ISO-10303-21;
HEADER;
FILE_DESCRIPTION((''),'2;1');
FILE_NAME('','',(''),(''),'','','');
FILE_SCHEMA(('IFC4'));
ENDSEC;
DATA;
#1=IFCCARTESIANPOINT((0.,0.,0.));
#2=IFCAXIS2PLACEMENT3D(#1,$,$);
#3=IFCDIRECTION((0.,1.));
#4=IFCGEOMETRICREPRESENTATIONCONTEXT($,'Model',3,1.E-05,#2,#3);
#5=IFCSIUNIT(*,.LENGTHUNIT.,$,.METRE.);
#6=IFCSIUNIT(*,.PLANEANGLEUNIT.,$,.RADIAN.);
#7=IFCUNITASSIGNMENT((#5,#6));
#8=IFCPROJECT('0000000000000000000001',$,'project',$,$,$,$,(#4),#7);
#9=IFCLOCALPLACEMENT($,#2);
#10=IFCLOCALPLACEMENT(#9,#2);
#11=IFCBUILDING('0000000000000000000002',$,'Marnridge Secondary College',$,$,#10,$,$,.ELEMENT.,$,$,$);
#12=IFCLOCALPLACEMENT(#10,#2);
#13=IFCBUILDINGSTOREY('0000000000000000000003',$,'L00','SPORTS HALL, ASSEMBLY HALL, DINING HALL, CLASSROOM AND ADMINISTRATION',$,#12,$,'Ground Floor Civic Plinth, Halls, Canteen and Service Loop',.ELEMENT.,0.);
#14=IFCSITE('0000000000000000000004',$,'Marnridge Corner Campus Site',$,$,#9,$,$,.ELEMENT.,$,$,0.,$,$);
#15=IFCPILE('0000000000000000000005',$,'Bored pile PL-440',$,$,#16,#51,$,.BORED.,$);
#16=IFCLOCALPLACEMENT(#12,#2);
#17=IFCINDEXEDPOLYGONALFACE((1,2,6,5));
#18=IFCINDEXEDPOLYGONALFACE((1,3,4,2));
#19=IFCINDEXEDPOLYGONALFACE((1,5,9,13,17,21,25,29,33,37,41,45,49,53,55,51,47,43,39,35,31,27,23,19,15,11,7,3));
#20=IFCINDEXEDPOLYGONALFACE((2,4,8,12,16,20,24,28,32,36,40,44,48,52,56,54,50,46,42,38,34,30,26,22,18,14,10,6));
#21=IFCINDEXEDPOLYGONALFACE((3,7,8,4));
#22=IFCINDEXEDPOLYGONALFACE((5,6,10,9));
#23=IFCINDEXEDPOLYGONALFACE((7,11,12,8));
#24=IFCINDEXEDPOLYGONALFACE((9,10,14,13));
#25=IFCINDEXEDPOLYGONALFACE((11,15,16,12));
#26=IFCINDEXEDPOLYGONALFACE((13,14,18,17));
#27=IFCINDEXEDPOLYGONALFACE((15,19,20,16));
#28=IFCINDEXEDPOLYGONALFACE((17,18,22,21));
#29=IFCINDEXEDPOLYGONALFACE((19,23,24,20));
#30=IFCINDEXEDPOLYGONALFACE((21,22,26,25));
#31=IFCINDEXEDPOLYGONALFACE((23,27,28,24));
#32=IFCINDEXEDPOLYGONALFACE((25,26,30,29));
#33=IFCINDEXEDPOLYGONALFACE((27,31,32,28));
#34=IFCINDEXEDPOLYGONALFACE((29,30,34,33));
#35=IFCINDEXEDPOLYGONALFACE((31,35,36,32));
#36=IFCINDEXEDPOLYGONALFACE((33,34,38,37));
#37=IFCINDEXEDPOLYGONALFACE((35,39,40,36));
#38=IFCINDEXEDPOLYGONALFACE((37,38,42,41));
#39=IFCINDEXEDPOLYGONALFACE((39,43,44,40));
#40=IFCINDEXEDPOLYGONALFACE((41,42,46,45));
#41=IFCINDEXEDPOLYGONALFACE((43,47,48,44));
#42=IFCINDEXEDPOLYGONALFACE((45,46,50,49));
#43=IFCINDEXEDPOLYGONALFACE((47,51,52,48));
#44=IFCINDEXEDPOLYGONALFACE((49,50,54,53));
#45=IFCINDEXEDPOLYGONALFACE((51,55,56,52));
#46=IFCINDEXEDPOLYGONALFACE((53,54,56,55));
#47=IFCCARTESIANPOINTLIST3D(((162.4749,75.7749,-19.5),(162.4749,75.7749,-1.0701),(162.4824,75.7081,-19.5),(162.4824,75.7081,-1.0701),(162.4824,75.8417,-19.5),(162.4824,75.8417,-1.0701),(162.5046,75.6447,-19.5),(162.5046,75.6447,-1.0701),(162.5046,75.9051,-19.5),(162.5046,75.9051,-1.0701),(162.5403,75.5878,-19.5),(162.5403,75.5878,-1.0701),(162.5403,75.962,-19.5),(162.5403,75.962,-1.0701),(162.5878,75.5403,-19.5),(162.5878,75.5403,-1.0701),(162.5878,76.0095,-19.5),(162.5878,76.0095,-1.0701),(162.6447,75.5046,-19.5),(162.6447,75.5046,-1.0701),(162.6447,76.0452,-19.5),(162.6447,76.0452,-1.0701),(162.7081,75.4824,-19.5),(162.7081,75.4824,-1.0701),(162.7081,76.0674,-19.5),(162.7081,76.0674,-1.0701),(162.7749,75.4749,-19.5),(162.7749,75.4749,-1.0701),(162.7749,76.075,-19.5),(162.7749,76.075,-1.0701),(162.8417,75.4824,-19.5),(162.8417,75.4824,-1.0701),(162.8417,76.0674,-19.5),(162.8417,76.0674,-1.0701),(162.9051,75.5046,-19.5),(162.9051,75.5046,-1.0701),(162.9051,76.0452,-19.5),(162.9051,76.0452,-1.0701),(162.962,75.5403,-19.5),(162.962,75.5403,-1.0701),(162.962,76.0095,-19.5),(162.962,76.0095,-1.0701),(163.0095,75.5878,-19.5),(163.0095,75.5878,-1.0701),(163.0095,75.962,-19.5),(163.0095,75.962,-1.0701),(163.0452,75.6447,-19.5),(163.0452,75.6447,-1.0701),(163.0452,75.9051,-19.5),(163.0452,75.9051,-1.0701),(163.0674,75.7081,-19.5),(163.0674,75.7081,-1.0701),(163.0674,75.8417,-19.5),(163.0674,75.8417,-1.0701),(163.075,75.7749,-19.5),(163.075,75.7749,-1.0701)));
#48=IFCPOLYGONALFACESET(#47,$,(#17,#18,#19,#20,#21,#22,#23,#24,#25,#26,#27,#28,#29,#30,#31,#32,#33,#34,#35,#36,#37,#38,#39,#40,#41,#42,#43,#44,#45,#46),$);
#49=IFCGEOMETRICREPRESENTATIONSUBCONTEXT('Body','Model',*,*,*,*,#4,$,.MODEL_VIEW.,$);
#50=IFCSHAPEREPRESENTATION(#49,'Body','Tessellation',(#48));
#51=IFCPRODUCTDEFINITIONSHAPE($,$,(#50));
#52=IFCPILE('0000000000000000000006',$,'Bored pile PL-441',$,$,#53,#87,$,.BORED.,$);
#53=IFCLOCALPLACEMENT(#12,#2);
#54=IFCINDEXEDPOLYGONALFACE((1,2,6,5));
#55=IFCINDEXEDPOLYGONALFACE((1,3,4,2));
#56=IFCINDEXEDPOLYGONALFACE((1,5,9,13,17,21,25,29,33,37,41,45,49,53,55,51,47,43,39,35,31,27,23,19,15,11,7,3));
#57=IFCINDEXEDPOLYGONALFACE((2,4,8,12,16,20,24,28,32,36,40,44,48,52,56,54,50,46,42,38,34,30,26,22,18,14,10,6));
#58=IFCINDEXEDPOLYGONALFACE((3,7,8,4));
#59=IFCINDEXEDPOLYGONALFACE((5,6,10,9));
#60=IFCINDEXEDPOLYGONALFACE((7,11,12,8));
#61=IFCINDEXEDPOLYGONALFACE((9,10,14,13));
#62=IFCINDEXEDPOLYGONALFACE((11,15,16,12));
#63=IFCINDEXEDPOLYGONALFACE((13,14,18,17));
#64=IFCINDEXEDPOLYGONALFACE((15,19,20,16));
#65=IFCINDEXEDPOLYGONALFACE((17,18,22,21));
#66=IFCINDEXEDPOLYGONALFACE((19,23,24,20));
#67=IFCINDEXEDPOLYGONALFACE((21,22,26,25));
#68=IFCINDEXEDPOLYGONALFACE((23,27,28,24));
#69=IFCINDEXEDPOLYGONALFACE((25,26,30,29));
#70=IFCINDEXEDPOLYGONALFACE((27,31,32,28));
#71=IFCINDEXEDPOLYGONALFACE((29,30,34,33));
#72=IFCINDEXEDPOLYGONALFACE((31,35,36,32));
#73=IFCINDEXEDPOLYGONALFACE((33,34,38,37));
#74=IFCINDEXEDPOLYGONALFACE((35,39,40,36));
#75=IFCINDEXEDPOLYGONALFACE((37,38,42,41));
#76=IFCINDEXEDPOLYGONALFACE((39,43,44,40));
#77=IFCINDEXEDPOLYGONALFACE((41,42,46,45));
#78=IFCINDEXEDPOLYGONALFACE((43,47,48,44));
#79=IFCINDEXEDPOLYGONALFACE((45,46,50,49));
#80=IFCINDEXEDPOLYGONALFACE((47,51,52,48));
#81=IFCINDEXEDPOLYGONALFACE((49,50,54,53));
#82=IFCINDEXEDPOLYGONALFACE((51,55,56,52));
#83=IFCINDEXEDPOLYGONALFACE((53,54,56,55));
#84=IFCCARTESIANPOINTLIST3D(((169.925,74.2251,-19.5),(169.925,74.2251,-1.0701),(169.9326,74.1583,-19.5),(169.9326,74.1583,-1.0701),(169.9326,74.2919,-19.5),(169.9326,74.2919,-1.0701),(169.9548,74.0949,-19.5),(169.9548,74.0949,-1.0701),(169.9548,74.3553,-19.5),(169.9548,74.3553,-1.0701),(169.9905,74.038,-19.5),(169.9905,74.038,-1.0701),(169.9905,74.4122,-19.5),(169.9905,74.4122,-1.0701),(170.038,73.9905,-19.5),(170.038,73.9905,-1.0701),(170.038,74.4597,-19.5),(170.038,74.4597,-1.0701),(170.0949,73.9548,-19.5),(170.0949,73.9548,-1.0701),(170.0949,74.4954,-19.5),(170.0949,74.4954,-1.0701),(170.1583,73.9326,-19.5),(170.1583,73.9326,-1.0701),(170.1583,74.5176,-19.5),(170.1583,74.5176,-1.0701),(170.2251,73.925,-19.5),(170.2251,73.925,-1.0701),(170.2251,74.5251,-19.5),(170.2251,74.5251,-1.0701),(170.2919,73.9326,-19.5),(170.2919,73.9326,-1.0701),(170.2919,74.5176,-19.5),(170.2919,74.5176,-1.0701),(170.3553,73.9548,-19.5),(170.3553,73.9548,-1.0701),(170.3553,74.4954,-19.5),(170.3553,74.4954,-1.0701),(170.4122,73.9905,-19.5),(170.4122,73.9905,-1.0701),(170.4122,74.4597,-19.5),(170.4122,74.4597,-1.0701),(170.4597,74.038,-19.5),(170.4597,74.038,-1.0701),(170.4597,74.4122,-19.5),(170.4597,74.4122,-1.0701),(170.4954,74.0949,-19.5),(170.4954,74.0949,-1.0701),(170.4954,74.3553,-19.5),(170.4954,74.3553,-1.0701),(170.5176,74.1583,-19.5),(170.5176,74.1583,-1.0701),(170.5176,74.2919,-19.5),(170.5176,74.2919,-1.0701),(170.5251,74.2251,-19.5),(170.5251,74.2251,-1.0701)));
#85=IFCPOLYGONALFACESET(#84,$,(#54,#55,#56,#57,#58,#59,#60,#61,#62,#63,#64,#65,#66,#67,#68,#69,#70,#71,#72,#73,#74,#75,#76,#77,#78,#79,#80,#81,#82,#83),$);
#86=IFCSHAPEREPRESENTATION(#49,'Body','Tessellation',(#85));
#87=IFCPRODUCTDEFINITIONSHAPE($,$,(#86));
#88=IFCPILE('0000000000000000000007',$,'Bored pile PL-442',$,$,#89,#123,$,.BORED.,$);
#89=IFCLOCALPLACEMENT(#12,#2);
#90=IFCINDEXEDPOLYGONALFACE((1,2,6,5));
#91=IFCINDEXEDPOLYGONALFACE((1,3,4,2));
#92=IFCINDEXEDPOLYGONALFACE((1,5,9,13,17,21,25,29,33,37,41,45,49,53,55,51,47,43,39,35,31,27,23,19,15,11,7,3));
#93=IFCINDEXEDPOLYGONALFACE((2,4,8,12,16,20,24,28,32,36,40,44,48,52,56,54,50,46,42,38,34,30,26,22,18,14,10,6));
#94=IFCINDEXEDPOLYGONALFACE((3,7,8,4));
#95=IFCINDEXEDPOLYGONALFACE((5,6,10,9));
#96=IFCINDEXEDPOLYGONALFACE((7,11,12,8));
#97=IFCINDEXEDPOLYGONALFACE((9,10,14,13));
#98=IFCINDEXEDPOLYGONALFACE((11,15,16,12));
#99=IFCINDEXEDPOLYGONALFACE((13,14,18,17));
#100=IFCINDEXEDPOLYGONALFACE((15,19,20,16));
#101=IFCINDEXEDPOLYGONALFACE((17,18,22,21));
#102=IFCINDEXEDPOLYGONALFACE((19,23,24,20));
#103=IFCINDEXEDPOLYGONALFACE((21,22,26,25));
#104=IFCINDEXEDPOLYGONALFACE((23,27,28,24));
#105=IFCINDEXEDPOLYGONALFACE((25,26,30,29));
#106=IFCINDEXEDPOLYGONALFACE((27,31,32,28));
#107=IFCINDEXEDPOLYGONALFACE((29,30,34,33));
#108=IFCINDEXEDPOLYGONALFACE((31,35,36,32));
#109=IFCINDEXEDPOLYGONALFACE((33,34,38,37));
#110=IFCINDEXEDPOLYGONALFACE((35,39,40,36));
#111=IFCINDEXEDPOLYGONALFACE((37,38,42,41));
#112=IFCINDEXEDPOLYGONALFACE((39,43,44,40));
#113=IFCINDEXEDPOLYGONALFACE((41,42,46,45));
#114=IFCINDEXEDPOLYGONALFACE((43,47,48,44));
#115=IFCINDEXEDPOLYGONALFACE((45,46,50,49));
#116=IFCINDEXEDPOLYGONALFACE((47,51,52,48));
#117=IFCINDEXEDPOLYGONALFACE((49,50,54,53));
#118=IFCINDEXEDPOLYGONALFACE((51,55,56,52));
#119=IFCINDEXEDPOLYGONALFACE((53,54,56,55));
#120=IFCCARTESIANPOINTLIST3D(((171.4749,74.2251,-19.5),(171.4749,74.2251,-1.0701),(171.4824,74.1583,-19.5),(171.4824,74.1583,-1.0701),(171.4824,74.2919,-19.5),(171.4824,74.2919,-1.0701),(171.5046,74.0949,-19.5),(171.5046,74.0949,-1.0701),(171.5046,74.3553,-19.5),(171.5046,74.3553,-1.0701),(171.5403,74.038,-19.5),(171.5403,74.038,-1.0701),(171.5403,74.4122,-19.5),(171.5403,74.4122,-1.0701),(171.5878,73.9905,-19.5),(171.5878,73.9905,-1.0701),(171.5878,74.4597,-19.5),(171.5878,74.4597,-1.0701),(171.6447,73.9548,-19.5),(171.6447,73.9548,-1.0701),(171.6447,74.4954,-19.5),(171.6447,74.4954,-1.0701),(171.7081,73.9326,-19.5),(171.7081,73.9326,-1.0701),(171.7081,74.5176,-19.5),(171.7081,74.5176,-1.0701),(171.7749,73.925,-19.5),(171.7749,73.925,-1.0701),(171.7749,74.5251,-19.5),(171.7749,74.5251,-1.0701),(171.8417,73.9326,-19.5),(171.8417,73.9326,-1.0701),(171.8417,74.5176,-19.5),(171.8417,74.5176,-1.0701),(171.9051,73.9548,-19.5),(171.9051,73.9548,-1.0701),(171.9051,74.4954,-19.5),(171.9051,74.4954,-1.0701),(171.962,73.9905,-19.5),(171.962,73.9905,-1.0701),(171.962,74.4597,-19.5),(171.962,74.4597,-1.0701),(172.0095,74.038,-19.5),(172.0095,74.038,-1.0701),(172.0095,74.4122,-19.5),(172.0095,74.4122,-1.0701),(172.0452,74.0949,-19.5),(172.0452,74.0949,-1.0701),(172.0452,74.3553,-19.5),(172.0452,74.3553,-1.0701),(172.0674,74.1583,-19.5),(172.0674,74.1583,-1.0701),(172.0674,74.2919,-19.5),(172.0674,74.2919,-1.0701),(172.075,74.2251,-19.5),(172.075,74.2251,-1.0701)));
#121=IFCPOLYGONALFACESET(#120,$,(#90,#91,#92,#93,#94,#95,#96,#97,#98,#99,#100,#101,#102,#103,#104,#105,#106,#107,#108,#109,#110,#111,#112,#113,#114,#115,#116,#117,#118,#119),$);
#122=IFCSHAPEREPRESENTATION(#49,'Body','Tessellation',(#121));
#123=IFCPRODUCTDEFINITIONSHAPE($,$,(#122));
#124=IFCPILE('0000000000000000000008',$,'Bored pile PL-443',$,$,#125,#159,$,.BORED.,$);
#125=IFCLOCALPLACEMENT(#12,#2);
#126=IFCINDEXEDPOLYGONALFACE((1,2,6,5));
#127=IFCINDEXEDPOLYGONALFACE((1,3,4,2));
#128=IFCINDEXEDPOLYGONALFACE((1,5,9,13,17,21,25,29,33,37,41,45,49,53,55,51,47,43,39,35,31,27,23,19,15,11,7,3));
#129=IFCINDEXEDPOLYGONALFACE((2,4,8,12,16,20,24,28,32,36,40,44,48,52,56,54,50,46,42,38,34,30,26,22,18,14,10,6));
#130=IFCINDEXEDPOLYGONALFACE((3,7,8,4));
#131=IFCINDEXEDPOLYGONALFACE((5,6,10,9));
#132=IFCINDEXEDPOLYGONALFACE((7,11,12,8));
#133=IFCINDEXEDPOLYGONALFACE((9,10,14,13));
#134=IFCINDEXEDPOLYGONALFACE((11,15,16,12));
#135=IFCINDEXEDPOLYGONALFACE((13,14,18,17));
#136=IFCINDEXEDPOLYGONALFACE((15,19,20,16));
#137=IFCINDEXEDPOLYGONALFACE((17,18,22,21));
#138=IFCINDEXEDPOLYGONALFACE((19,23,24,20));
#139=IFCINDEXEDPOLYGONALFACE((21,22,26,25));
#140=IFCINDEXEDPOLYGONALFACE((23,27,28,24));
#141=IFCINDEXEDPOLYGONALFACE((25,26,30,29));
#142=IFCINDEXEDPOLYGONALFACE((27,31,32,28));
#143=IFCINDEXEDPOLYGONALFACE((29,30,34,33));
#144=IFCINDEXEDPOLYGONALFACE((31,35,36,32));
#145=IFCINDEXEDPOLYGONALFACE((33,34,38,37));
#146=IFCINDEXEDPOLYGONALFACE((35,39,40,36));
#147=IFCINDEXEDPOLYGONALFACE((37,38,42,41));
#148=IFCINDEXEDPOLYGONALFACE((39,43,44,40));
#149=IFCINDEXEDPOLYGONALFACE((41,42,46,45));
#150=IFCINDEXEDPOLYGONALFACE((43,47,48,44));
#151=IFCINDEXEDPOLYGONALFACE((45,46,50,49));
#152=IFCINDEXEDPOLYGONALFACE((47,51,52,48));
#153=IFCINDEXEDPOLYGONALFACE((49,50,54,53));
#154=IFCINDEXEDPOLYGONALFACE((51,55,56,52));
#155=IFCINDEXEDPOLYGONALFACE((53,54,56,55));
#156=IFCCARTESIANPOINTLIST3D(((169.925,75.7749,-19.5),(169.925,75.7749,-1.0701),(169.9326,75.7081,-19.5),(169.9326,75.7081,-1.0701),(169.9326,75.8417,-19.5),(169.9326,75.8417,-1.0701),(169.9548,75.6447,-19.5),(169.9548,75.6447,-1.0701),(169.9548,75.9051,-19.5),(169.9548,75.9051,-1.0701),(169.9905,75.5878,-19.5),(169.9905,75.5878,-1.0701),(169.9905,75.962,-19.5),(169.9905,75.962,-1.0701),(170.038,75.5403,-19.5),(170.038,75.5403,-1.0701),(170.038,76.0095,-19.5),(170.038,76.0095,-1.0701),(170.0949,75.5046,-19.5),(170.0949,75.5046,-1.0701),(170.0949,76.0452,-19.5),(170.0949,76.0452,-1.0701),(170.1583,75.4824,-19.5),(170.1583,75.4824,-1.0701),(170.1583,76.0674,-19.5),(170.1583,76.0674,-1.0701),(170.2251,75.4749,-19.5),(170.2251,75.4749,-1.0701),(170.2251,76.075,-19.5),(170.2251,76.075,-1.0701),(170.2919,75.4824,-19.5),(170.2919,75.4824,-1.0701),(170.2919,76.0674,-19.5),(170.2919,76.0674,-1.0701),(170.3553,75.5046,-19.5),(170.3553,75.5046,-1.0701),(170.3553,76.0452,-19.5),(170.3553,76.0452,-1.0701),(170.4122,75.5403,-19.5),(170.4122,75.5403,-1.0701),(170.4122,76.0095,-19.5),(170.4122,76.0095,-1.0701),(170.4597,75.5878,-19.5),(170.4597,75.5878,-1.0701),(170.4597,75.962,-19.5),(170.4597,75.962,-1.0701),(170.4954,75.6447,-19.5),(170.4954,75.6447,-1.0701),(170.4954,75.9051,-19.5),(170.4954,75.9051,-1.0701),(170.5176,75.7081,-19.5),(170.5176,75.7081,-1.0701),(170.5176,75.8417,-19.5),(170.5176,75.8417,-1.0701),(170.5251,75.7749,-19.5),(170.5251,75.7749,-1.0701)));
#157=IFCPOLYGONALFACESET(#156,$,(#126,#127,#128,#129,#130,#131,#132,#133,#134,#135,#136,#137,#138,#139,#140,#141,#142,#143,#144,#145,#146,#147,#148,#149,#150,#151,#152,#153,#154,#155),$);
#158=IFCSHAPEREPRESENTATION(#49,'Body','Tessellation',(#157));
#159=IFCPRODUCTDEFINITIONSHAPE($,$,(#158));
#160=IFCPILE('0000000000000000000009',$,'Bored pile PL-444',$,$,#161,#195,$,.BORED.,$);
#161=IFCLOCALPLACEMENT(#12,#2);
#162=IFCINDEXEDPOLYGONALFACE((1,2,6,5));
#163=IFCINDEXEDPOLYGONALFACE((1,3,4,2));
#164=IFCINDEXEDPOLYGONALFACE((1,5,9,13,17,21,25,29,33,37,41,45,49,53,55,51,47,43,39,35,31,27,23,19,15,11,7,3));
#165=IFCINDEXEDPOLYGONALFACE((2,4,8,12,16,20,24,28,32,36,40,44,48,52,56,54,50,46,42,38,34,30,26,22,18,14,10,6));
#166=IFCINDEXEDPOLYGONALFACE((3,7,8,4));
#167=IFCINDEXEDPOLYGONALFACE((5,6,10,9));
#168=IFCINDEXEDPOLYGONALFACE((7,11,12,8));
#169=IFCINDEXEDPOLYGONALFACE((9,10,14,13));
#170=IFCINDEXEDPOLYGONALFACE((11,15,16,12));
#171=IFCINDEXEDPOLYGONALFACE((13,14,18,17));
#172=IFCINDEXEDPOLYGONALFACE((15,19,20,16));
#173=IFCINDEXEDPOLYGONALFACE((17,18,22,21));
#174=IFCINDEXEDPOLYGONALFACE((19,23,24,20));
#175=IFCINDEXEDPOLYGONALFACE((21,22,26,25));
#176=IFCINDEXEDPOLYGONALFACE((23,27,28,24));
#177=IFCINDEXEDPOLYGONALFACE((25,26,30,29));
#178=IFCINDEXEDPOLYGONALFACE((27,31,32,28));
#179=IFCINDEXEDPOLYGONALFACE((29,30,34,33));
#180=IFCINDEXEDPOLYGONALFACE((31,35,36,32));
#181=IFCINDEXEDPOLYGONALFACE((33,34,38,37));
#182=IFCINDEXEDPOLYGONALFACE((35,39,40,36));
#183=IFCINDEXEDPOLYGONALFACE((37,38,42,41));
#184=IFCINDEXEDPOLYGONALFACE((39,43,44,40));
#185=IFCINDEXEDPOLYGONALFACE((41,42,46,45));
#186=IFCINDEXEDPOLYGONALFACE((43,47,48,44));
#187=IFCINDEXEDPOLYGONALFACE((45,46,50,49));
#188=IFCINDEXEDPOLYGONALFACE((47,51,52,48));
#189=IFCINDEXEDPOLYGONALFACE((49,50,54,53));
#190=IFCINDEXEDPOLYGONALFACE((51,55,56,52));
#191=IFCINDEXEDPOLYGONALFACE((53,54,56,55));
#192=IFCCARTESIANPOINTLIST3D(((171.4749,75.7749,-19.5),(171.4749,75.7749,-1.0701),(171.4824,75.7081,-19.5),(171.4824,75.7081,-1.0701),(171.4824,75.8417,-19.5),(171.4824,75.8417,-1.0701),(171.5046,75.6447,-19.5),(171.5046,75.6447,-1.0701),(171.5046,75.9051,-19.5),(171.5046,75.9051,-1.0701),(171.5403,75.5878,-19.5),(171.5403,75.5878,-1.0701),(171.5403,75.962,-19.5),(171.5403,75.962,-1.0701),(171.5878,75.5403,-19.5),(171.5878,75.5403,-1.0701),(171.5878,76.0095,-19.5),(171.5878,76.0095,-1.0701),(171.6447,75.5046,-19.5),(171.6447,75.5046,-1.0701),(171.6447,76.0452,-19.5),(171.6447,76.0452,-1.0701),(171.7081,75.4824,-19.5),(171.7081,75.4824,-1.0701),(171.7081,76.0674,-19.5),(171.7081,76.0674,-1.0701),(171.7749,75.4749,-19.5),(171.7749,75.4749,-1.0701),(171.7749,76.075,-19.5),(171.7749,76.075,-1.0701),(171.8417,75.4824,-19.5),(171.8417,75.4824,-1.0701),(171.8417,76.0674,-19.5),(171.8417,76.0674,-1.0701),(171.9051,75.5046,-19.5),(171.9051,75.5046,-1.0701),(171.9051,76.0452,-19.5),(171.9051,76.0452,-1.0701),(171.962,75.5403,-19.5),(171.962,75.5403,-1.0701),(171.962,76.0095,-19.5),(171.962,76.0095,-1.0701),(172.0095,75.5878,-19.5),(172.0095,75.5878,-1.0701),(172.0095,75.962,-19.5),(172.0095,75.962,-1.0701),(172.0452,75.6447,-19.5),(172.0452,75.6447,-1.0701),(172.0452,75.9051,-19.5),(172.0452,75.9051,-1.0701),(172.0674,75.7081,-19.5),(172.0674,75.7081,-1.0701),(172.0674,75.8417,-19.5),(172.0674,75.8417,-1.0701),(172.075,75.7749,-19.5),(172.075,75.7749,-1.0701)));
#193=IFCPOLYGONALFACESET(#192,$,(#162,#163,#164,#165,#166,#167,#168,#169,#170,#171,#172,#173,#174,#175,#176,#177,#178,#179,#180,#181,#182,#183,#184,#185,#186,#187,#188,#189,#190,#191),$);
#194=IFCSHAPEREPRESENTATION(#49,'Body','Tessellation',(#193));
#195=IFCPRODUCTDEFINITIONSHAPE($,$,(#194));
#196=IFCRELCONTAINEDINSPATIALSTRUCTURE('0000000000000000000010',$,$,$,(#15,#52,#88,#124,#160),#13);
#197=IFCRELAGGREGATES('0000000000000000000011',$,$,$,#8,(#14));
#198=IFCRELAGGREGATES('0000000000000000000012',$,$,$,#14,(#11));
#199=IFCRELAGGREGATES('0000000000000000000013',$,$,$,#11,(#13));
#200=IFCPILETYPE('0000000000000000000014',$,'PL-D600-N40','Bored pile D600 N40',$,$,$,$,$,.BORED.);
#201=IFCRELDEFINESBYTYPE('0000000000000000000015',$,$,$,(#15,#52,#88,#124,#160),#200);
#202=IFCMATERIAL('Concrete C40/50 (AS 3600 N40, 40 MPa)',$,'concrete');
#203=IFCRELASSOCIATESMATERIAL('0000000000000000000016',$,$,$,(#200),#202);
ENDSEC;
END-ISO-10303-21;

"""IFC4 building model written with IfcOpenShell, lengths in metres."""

from ifc_helpers import new_model, si_unit, direction, frame, origin, origin_2d, place, context, subcontext, project, spatial, circle, extrude, material, material_profile, profile_set, type_object, element, save


model = new_model("IFC4")

# Units and contexts
model_context = context("Model", 3, precision=1e-05, world=origin(), true_north=direction((0.0, 1.0)))
body_context = subcontext(model_context, "Body", "Model", "MODEL_VIEW")
ifc_project = project(units=[si_unit("LENGTHUNIT", "METRE"), si_unit("PLANEANGLEUNIT", "RADIAN")], contexts=[model_context])

# Site, building, storey
site_placement = place(None, origin())
site = spatial("IfcSite", under=ifc_project, at=site_placement, Name="Marnridge Corner Campus Site", CompositionType="ELEMENT", RefElevation=0.0)
building_placement = place(site_placement, origin())
building = spatial("IfcBuilding", under=site, at=building_placement, Name="Marnridge Secondary College", CompositionType="ELEMENT")
storey_placement = place(building_placement, origin())
storey = spatial("IfcBuildingStorey", under=building, at=storey_placement, Name="L00", Description="SPORTS HALL, ASSEMBLY HALL, DINING HALL, CLASSROOM AND ADMINISTRATION", LongName="Ground Floor Civic Plinth, Halls, Canteen and Service Loop", CompositionType="ELEMENT", Elevation=0.0)

# Piles
ifc_material_1 = material(Name="Concrete C40/50 (AS 3600 N40, 40 MPa)", Category="concrete")
ifc_material_profile_1 = material_profile(ifc_material_1, circle(Radius=0.3, at=origin_2d()), Name="PILE D600")
ifc_profile_set_1 = profile_set([ifc_material_profile_1], Name="Concrete C40/50 (AS 3600 N40, 40 MPa)")
pile_type = type_object("IfcPileType", Name="PL-D600-N40", Description="Bored pile D600 N40", PredefinedType="BORED", material=ifc_profile_set_1)
for number, where, z_axis, x_axis, name in (
    (1, (162.7749, 75.7749, -1.0701), (0.0, 0.0, -1.0), (1.0, 0.0, 0.0), "Bored pile PL-440"),
    (2, (170.2251, 74.2251, -1.0701), (0.0, 0.0, -1.0), (1.0, 0.0, 0.0), "Bored pile PL-441"),
    (3, (171.7749, 74.2251, -1.0701), (0.0, 0.0, -1.0), (1.0, 0.0, 0.0), "Bored pile PL-442"),
    (4, (170.2251, 75.7749, -1.0701), (0.0, 0.0, -1.0), (1.0, 0.0, 0.0), "Bored pile PL-443"),
    (5, (171.7749, 75.7749, -1.0701), (0.0, 0.0, -1.0), (1.0, 0.0, 0.0), "Bored pile PL-444"),
):
    element("IfcPile", number, at=place(storey_placement, frame(where, z_axis=z_axis, x_axis=x_axis)), inside=storey, type_object=pile_type, Name=name, PredefinedType="BORED", context=body_context, shape_type="SweptSolid", body=[
        extrude(circle(Radius=0.3, at=origin_2d()), origin(), (0.0, 0.0, 1.0), 18.4299),
    ])

save(model, "model.ifc")
